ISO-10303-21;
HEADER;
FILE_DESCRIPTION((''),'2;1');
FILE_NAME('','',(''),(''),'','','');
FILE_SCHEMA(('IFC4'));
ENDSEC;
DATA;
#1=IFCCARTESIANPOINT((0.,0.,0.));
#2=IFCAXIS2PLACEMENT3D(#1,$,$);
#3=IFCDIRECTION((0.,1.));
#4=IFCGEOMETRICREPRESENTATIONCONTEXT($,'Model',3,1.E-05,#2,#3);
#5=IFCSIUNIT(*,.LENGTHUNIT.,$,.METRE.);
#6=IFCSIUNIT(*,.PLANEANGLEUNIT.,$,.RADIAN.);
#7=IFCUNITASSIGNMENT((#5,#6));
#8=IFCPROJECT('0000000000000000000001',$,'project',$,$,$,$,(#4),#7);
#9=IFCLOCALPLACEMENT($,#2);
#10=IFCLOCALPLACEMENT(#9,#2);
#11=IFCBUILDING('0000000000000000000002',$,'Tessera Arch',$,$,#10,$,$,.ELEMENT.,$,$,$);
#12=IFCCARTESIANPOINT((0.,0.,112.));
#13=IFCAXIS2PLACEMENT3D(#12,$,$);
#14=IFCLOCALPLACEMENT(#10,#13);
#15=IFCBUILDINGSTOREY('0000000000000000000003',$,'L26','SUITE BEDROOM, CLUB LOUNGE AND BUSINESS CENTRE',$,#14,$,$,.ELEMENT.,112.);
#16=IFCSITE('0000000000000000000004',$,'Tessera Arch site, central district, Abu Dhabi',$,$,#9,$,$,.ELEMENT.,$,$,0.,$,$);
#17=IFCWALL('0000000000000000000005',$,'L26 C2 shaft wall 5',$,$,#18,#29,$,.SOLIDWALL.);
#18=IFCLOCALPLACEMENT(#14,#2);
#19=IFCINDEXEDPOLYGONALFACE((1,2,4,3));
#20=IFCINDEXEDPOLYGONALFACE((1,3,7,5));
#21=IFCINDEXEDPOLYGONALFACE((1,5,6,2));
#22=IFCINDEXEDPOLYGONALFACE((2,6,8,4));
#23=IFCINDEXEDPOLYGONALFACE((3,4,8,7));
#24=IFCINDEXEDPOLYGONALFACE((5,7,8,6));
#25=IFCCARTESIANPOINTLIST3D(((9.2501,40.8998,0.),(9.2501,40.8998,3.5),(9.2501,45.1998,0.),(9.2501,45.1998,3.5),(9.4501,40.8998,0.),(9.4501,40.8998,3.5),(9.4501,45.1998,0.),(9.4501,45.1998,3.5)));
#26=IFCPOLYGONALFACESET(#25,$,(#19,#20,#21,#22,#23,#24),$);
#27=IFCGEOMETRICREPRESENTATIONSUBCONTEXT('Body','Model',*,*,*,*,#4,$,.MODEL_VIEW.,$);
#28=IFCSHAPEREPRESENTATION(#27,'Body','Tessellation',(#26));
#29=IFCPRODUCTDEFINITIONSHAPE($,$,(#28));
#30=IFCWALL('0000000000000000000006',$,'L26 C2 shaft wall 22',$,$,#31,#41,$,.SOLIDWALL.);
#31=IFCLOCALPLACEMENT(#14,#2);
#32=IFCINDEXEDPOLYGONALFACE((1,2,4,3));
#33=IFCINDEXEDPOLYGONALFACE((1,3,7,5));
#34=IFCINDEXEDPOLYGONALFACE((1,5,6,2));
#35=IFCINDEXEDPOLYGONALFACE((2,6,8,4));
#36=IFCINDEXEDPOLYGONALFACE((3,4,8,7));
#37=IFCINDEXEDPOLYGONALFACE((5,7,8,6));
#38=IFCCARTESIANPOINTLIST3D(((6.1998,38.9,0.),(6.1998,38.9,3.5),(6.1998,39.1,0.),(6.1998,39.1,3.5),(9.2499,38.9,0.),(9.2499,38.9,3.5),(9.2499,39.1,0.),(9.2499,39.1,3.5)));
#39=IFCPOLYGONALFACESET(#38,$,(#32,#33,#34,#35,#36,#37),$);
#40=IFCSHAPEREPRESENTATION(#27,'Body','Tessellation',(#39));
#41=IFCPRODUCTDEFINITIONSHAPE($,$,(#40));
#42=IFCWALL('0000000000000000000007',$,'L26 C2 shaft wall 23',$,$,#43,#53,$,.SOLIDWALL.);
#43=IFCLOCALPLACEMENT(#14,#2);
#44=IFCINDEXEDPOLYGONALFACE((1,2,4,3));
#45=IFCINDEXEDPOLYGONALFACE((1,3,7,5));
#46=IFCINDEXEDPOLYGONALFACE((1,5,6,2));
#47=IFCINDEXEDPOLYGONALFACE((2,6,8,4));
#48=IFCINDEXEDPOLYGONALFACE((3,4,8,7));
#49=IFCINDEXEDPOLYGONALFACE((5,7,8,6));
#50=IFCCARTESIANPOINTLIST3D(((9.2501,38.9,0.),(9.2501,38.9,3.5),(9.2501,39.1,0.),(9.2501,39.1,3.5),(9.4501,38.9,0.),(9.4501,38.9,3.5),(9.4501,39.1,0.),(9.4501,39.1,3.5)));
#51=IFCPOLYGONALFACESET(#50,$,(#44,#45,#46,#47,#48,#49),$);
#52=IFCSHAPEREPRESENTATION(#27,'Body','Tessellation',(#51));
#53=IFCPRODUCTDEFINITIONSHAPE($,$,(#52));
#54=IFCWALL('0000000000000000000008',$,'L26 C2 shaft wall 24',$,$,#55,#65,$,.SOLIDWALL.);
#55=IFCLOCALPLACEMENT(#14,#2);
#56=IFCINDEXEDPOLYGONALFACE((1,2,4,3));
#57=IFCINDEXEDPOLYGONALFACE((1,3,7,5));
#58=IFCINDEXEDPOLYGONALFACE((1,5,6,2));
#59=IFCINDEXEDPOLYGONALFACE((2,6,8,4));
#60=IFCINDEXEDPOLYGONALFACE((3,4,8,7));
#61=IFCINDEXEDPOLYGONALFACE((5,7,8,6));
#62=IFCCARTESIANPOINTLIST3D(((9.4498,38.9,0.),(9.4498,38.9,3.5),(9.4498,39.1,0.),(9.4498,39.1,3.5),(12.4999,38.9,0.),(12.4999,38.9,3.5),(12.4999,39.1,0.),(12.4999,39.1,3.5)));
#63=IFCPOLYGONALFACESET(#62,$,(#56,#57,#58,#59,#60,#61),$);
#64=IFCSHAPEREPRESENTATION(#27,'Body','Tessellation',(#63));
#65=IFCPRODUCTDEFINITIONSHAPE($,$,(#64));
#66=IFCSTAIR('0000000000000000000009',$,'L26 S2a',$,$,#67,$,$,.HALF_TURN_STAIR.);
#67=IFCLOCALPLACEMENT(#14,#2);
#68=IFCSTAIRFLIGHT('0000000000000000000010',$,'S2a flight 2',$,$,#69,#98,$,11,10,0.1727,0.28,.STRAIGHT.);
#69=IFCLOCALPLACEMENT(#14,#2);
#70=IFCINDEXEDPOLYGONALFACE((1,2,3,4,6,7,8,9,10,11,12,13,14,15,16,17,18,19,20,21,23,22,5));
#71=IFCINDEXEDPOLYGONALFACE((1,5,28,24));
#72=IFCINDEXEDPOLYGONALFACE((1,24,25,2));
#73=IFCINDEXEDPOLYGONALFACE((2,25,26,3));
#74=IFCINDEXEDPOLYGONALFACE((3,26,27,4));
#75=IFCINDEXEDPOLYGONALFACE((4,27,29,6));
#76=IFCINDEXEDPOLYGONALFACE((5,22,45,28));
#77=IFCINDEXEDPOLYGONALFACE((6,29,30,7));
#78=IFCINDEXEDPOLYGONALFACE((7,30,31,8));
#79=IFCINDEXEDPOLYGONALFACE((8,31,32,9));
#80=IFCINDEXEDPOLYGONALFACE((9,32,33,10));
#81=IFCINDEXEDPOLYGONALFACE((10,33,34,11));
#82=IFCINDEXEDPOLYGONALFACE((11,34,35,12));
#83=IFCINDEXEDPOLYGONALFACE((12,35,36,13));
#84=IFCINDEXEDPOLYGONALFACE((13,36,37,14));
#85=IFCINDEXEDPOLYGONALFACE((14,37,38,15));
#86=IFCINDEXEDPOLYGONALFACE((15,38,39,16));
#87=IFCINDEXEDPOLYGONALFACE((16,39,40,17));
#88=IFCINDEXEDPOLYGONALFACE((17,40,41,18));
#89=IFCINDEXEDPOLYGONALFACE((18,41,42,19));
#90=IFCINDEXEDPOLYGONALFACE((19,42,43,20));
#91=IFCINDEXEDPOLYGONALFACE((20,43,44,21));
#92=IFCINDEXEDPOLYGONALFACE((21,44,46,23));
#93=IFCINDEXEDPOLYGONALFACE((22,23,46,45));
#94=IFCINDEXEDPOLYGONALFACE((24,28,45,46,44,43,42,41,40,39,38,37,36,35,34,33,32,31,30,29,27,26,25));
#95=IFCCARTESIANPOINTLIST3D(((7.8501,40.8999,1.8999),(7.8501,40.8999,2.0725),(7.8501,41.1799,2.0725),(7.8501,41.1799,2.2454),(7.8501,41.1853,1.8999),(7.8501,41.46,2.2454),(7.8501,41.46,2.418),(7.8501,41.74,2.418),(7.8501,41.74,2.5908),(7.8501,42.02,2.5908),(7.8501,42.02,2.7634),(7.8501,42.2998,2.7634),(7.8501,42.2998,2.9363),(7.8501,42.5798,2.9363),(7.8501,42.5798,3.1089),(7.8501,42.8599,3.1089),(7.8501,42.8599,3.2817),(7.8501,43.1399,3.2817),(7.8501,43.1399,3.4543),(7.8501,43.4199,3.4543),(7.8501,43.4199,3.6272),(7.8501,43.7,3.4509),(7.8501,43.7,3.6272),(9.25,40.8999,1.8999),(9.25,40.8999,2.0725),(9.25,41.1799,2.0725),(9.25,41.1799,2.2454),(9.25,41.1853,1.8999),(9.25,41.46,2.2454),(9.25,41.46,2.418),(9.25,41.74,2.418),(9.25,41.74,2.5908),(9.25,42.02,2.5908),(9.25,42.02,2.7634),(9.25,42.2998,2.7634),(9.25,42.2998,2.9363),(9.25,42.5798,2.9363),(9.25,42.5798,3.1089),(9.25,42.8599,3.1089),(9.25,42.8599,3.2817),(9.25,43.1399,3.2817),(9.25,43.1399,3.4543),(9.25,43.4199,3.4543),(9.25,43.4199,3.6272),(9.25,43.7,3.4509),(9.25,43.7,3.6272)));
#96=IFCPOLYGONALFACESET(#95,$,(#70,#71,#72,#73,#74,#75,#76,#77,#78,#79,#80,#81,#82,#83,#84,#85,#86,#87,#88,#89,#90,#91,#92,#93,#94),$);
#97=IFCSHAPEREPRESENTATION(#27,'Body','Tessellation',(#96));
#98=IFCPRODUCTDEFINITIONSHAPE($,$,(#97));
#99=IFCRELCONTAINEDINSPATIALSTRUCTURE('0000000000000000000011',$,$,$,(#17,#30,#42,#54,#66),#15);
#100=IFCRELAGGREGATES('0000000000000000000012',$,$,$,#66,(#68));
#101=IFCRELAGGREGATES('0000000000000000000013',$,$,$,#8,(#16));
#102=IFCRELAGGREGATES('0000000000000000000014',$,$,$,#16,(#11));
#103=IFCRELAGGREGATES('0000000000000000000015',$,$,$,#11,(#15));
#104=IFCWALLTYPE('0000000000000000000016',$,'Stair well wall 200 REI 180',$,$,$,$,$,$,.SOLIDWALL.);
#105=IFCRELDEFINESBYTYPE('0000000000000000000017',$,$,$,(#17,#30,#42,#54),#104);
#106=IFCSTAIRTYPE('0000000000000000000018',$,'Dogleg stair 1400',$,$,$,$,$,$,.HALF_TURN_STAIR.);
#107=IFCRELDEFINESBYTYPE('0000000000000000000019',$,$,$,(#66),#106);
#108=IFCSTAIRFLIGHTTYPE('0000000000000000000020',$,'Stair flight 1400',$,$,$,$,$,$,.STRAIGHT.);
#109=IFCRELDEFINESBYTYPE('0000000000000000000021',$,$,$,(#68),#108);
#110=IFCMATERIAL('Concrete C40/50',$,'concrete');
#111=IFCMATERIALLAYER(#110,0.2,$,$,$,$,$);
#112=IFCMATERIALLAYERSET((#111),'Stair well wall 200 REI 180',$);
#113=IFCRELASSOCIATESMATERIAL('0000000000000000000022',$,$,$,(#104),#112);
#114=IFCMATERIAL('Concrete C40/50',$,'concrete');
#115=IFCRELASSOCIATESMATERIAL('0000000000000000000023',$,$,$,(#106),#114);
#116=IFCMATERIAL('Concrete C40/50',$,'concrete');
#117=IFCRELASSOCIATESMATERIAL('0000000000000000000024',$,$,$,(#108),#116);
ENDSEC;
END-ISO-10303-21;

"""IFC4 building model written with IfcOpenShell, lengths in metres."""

from ifc_helpers import new_model, si_unit, direction, frame, frame_2d, origin, place, context, subcontext, project, spatial, polyline, rectangle, outline, extrude, material, layer, layer_set, type_object, element, aggregate, save


model = new_model("IFC4")

# Units and contexts
model_context = context("Model", 3, precision=1e-05, world=origin(), true_north=direction((0.0, 1.0)))
body_context = subcontext(model_context, "Body", "Model", "MODEL_VIEW")
ifc_project = project(units=[si_unit("LENGTHUNIT", "METRE"), si_unit("PLANEANGLEUNIT", "RADIAN")], contexts=[model_context])

# Site, building, storey
site_placement = place(None, origin())
site = spatial("IfcSite", under=ifc_project, at=site_placement, Name="Tessera Arch site, central district, Abu Dhabi", CompositionType="ELEMENT", RefElevation=0.0)
building_placement = place(site_placement, origin())
building = spatial("IfcBuilding", under=site, at=building_placement, Name="Tessera Arch", CompositionType="ELEMENT")
storey_placement = place(building_placement, frame((0.0, 0.0, 112.0)))
storey = spatial("IfcBuildingStorey", under=building, at=storey_placement, Name="L26", Description="SUITE BEDROOM, CLUB LOUNGE AND BUSINESS CENTRE", CompositionType="ELEMENT", Elevation=112.0)

# Walls
ifc_material_1 = material(Name="Concrete C40/50", Category="concrete")
ifc_layer_1 = layer(ifc_material_1, 0.2)
ifc_layer_set_1 = layer_set([ifc_layer_1], Name="Stair well wall 200 REI 180")
wall_type_1 = type_object("IfcWallType", Name="Stair well wall 200 REI 180", PredefinedType="SOLIDWALL", material=ifc_layer_set_1)
wall_1_placement = place(storey_placement, frame((9.3501, 40.8999, 0.0), z_axis=(0.0, 0.0, 1.0), x_axis=(0.0, 1.0, 0.0)))
element("IfcWall", 1, at=wall_1_placement, inside=storey, type_object=wall_type_1, Name="L26 C2 shaft wall 5", PredefinedType="SOLIDWALL", context=body_context, shape_type="SweptSolid", body=[
    extrude(rectangle(XDim=4.3, YDim=0.2, at=frame_2d((2.1499, 0.0))), origin(), (0.0, 0.0, 1.0), 3.5),
])
wall_2_placement = place(storey_placement, frame((6.2, 39.0, 0.0), z_axis=(0.0, 0.0, 1.0), x_axis=(1.0, 0.0, 0.0)))
element("IfcWall", 2, at=wall_2_placement, inside=storey, type_object=wall_type_1, Name="L26 C2 shaft wall 22", PredefinedType="SOLIDWALL", context=body_context, shape_type="SweptSolid", body=[
    extrude(rectangle(XDim=3.05, YDim=0.2, at=frame_2d((1.5249, 0.0))), origin(), (0.0, 0.0, 1.0), 3.5),
])
wall_3_placement = place(storey_placement, frame((9.25, 39.0, 0.0), z_axis=(0.0, 0.0, 1.0), x_axis=(1.0, 0.0, 0.0)))
element("IfcWall", 3, at=wall_3_placement, inside=storey, type_object=wall_type_1, Name="L26 C2 shaft wall 23", PredefinedType="SOLIDWALL", context=body_context, shape_type="SweptSolid", body=[
    extrude(rectangle(XDim=0.2, YDim=0.2, at=frame_2d((0.1001, 0.0))), origin(), (0.0, 0.0, 1.0), 3.5),
])
wall_4_placement = place(storey_placement, frame((9.45, 39.0, 0.0), z_axis=(0.0, 0.0, 1.0), x_axis=(1.0, 0.0, 0.0)))
element("IfcWall", 4, at=wall_4_placement, inside=storey, type_object=wall_type_1, Name="L26 C2 shaft wall 24", PredefinedType="SOLIDWALL", context=body_context, shape_type="SweptSolid", body=[
    extrude(rectangle(XDim=3.05, YDim=0.2, at=frame_2d((1.5249, 0.0))), origin(), (0.0, 0.0, 1.0), 3.5),
])

# Stair, stair flight
ifc_material_2 = material(Name="Concrete C40/50", Category="concrete")
stair_type = type_object("IfcStairType", Name="Dogleg stair 1400", PredefinedType="HALF_TURN_STAIR", material=ifc_material_2)
stair_placement = place(storey_placement, origin())
stair = element("IfcStair", 5, at=stair_placement, inside=storey, type_object=stair_type, Name="L26 S2a", PredefinedType="HALF_TURN_STAIR")
ifc_material_3 = material(Name="Concrete C40/50", Category="concrete")
stair_flight_type = type_object("IfcStairFlightType", Name="Stair flight 1400", PredefinedType="STRAIGHT", material=ifc_material_3)
stair_flight_placement = place(storey_placement, frame((8.55, 40.8999, 1.8999), z_axis=(0.0, 0.0, 1.0), x_axis=(0.0, 1.0, 0.0)))
stair_flight = element("IfcStairFlight", 6, at=stair_flight_placement, type_object=stair_flight_type, Name="S2a flight 2", NumberOfRisers=11, NumberOfTreads=10, PredefinedType="STRAIGHT", RiserHeight=0.1727, TreadLength=0.28, context=body_context, shape_type="SweptSolid", body=[
    extrude(outline(polyline([(0.0, 0.0), (0.0, 0.1726), (0.28, 0.1726), (0.28, 0.3455), (0.5601, 0.3455), (0.5601, 0.5181), (0.8401, 0.5181), (0.8401, 0.6909), (1.1201, 0.6909), (1.1201, 0.8635), (1.3999, 0.8635), (1.3999, 1.0364), (1.6799, 1.0364), (1.6799, 1.209), (1.96, 1.209), (1.96, 1.3818), (2.24, 1.3818), (2.24, 1.5544), (2.52, 1.5544), (2.52, 1.7273), (2.8, 1.7273), (2.8, 1.8999), (2.8, 1.551), (0.2854, 0.0), (0.0, 0.0)])), frame((0.0, 0.7, 0.0), z_axis=(0.0, -1.0, 0.0), x_axis=(1.0, 0.0, 0.0)), (0.0, 0.0, 1.0), 1.3999),
])
aggregate(stair, [stair_flight])

save(model, "model.ifc")
